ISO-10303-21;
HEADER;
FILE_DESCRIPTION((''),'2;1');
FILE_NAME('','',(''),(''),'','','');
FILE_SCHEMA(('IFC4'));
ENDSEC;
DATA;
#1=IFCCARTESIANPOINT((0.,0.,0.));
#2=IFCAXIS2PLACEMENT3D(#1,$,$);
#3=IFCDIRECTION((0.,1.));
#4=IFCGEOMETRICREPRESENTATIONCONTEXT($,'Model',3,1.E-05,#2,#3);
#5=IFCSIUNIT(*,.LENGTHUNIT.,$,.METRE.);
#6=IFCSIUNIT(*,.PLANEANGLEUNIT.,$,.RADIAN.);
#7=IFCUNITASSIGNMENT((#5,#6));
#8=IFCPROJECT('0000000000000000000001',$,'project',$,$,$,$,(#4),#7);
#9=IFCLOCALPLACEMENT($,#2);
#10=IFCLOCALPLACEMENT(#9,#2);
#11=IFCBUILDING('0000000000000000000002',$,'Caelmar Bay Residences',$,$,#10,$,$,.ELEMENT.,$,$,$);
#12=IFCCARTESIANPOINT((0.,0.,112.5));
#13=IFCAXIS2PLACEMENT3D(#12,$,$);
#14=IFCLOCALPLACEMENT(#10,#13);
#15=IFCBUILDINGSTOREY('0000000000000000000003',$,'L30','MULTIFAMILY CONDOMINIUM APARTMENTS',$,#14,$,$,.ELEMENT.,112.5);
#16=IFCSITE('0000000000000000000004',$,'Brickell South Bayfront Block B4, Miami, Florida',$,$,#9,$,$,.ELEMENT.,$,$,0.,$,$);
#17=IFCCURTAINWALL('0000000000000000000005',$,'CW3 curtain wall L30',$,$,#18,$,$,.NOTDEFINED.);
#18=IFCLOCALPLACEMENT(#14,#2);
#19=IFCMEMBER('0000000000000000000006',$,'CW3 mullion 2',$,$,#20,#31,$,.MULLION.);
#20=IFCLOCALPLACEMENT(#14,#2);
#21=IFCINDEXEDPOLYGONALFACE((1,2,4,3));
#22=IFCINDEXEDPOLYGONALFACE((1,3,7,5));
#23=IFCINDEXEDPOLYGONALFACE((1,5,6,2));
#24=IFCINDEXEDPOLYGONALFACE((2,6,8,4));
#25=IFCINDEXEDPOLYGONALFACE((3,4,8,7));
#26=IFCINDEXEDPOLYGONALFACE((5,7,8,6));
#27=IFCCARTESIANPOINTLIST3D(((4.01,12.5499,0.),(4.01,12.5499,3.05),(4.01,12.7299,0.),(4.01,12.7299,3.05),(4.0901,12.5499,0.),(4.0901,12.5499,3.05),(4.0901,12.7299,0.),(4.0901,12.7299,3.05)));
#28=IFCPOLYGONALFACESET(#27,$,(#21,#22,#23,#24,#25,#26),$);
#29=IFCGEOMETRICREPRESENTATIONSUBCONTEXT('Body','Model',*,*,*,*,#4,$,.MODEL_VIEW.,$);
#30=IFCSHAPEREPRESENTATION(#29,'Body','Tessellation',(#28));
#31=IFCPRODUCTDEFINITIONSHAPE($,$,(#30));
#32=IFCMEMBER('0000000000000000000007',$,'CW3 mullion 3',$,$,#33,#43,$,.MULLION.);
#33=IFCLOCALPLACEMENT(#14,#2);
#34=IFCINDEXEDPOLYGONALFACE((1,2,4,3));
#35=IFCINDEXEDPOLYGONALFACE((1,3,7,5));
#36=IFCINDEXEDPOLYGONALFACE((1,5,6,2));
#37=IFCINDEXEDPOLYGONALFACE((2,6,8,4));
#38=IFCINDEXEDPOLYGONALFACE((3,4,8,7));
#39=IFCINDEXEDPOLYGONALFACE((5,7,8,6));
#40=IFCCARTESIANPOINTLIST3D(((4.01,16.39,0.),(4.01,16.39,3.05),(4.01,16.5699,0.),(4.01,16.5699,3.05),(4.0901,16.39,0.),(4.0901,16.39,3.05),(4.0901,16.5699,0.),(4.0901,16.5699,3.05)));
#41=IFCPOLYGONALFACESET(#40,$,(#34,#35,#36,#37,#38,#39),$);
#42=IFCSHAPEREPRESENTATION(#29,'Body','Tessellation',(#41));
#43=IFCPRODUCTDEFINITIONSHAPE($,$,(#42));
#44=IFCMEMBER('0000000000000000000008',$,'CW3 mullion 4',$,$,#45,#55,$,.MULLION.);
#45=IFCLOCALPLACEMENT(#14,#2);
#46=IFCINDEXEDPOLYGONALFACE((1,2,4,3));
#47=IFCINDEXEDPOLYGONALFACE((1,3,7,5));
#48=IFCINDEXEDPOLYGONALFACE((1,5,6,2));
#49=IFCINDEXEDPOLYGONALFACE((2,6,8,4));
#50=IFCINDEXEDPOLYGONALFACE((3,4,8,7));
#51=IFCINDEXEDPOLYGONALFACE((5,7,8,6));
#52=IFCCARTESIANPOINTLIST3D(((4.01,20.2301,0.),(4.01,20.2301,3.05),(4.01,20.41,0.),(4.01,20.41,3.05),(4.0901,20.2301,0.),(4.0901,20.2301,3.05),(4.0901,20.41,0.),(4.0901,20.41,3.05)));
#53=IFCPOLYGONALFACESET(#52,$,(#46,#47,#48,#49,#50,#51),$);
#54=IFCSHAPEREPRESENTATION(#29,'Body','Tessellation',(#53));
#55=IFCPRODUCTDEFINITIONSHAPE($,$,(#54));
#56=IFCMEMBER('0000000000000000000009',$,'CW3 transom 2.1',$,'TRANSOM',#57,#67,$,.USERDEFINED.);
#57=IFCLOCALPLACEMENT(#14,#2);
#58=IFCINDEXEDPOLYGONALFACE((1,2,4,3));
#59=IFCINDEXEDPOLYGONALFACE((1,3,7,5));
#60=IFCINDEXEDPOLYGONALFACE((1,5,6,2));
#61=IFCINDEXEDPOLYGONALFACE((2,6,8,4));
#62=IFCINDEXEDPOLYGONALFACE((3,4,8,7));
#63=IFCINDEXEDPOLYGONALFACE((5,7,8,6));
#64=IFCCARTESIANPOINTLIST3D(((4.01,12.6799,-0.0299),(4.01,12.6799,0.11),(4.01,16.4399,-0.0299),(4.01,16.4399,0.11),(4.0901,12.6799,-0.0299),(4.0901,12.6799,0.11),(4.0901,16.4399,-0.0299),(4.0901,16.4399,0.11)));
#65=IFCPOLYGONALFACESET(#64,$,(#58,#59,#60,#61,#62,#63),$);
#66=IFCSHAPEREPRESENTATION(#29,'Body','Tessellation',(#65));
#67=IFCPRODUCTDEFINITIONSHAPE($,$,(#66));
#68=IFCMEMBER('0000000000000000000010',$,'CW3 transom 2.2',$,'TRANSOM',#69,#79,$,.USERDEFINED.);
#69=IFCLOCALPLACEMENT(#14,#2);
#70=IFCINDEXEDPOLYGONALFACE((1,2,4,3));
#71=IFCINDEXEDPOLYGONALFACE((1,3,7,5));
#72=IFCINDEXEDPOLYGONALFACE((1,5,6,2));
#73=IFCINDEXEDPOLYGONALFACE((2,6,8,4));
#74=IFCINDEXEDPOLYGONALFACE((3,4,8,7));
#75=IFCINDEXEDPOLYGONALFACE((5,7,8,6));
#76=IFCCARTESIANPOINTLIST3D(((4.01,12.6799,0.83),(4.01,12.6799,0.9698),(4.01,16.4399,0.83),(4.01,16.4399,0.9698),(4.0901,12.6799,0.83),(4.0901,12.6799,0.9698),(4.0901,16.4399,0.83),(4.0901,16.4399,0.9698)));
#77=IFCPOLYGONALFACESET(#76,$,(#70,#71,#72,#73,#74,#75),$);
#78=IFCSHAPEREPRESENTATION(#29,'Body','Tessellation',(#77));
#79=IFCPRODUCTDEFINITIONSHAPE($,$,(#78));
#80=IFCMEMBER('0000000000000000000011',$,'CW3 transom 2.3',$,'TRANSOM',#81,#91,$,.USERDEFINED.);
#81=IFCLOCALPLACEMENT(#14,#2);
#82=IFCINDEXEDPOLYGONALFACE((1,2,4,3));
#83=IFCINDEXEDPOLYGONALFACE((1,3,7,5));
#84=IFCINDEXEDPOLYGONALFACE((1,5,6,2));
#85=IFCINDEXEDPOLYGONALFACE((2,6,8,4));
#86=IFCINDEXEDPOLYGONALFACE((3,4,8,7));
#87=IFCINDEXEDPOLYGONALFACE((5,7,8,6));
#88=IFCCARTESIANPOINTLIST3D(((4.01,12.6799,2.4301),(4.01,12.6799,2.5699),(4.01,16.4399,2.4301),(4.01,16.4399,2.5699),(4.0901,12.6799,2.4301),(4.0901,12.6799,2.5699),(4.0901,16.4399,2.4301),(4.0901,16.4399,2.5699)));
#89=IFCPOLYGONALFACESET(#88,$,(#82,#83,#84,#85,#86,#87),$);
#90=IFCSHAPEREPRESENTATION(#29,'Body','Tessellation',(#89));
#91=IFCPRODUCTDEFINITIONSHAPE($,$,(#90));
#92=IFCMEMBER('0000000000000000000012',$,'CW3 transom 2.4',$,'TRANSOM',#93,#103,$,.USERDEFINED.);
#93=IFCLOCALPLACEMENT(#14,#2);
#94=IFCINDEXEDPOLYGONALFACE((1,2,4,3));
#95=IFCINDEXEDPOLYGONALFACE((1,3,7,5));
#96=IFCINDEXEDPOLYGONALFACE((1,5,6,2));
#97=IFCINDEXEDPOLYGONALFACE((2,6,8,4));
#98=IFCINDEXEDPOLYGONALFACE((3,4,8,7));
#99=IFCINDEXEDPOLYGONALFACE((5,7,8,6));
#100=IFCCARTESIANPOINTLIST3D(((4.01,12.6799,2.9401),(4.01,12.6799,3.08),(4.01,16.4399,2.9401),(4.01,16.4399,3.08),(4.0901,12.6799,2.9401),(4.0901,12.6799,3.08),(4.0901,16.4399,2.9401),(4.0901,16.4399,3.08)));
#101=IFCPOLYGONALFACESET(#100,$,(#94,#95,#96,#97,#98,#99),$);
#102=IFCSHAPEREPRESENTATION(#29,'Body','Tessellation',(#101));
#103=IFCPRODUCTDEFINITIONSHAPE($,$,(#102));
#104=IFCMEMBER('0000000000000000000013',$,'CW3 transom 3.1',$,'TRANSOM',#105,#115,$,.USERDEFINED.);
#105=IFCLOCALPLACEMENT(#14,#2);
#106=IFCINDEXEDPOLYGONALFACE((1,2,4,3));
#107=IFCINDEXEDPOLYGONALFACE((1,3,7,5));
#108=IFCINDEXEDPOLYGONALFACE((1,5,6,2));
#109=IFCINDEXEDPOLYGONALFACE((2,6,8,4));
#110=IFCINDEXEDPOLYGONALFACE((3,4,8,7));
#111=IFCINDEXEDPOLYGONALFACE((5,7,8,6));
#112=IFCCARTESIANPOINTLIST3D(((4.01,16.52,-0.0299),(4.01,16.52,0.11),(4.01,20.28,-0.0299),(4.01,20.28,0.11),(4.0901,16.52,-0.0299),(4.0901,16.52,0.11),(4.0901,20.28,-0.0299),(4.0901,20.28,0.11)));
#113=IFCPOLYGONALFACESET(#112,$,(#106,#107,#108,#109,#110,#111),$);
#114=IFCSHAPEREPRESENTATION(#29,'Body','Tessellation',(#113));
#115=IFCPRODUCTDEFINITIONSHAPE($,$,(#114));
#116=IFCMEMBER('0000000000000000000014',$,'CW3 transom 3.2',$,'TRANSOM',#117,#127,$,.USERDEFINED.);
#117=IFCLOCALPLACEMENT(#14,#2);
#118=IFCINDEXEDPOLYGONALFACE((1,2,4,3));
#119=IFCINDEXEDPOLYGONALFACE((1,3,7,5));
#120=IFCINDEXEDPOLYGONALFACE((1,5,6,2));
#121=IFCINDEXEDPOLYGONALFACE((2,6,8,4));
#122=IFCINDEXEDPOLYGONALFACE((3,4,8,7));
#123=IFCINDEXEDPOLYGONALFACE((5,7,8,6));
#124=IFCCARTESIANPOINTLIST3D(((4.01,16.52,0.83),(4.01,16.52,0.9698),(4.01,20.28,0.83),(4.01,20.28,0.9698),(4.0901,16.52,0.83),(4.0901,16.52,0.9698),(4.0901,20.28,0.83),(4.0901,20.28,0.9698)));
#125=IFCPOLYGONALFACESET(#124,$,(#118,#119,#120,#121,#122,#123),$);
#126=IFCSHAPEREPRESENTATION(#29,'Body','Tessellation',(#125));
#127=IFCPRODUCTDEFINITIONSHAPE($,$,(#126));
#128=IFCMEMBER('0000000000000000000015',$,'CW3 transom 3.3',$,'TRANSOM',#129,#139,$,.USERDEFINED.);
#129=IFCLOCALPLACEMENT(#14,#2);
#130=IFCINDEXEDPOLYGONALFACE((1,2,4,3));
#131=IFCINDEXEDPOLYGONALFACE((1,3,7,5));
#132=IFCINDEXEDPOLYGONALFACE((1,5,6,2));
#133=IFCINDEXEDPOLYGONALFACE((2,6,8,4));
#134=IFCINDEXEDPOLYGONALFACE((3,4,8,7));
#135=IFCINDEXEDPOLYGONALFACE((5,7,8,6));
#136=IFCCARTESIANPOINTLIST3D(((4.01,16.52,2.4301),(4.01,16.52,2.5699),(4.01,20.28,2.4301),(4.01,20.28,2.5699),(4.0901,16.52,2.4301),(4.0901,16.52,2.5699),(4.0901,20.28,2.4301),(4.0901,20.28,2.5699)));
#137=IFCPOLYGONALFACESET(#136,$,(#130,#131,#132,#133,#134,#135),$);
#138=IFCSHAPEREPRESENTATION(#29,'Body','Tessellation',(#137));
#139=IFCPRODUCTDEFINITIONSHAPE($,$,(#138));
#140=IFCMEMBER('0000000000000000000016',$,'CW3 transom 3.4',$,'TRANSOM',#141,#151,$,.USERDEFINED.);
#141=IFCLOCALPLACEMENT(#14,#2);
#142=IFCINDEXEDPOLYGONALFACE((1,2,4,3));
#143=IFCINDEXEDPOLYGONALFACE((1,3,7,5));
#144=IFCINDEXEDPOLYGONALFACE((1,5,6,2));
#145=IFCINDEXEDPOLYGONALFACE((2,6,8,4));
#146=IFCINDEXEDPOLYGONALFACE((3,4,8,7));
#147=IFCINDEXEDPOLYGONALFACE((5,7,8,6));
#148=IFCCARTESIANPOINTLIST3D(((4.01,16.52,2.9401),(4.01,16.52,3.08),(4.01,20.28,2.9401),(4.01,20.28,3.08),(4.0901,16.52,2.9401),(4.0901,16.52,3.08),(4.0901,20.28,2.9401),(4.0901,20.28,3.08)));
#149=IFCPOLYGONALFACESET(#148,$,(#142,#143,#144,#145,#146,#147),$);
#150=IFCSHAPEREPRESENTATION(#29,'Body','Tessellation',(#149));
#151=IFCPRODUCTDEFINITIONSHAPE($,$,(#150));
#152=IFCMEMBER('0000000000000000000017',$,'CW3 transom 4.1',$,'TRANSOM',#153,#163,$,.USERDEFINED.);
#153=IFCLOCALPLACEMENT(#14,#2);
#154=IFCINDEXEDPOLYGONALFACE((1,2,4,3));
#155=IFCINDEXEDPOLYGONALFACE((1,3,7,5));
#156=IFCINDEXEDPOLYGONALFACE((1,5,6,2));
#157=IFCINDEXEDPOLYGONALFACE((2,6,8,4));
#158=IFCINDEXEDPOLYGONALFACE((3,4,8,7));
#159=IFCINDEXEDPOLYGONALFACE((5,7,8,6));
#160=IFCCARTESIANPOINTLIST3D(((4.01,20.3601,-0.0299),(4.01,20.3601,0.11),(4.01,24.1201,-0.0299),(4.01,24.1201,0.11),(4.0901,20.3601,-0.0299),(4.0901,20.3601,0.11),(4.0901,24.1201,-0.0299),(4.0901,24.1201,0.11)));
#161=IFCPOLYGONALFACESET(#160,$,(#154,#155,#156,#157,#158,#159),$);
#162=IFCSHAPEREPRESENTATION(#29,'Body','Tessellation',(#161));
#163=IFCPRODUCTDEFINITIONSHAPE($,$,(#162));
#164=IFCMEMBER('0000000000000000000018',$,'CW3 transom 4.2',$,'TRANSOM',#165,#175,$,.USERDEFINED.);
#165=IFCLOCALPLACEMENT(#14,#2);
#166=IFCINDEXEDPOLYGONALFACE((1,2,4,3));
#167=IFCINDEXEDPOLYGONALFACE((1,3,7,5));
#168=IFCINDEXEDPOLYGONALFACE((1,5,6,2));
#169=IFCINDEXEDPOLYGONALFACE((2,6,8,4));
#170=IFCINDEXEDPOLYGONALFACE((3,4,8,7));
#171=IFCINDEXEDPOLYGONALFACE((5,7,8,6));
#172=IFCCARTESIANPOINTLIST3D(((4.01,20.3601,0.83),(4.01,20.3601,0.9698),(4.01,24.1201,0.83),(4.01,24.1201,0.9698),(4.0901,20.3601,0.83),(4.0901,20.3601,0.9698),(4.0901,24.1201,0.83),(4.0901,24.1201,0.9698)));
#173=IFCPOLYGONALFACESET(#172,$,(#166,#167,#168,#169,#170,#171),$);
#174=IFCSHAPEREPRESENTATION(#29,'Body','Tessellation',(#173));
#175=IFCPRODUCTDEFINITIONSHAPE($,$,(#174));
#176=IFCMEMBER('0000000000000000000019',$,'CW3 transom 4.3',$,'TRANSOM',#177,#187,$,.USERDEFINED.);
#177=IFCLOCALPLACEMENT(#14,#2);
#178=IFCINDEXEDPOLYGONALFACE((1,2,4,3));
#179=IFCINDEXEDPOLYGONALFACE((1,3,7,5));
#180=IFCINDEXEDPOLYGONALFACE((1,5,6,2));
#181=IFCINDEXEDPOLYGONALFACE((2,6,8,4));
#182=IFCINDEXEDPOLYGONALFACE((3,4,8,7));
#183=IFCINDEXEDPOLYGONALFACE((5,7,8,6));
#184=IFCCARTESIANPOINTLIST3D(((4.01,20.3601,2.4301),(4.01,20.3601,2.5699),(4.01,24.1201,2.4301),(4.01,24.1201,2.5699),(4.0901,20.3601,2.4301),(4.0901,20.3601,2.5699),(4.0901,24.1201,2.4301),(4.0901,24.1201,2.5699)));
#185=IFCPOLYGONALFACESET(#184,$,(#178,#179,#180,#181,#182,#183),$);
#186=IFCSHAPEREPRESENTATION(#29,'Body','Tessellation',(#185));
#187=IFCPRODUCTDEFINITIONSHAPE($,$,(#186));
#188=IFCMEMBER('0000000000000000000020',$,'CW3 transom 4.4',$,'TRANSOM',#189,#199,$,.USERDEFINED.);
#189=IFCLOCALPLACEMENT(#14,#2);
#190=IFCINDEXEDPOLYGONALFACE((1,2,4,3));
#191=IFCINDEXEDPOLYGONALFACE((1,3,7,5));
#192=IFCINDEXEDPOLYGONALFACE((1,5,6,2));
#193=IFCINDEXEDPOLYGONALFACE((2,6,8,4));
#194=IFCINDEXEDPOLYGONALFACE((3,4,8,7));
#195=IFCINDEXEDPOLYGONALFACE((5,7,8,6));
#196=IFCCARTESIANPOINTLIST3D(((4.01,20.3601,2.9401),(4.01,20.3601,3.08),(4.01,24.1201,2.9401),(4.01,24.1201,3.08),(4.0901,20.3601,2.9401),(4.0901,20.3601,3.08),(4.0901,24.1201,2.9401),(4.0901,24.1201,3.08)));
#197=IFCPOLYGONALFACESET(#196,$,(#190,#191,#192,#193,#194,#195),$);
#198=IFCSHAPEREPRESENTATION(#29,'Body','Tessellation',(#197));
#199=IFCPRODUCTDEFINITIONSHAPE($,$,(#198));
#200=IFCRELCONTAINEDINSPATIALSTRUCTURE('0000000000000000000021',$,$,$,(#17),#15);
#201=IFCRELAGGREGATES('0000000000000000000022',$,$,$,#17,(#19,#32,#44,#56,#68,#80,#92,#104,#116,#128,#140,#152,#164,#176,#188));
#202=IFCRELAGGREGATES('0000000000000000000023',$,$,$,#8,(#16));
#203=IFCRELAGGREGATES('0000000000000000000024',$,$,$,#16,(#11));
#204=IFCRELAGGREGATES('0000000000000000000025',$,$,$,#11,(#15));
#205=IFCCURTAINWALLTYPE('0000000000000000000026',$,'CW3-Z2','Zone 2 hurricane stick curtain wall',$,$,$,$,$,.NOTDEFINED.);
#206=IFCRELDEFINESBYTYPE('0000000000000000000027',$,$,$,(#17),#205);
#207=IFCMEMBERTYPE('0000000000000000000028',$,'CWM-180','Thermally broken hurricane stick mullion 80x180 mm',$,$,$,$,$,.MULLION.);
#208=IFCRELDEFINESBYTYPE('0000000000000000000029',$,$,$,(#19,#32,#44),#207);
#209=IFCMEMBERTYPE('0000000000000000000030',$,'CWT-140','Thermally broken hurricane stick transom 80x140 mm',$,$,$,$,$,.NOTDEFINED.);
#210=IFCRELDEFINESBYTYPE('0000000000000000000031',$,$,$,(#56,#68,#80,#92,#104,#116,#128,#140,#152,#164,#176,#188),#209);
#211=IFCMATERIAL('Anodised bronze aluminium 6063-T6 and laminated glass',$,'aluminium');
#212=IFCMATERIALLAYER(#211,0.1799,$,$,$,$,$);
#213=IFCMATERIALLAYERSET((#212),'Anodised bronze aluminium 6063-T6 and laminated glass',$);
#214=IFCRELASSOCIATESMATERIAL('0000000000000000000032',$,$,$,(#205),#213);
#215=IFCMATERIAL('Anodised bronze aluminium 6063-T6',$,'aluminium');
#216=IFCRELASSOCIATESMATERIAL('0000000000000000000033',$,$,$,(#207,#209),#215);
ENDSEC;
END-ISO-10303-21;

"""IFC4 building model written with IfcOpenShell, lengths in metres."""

from ifc_helpers import new_model, si_unit, direction, frame, origin, origin_2d, place, context, subcontext, project, spatial, rectangle, extrude, material, layer, layer_set, material_profile, profile_set, type_object, element, aggregate, save


model = new_model("IFC4")

# Units and contexts
model_context = context("Model", 3, precision=1e-05, world=origin(), true_north=direction((0.0, 1.0)))
body_context = subcontext(model_context, "Body", "Model", "MODEL_VIEW")
ifc_project = project(units=[si_unit("LENGTHUNIT", "METRE"), si_unit("PLANEANGLEUNIT", "RADIAN")], contexts=[model_context])

# Site, building, storey
site_placement = place(None, origin())
site = spatial("IfcSite", under=ifc_project, at=site_placement, Name="Brickell South Bayfront Block B4, Miami, Florida", CompositionType="ELEMENT", RefElevation=0.0)
building_placement = place(site_placement, origin())
building = spatial("IfcBuilding", under=site, at=building_placement, Name="Caelmar Bay Residences", CompositionType="ELEMENT")
storey_placement = place(building_placement, frame((0.0, 0.0, 112.5)))
storey = spatial("IfcBuildingStorey", under=building, at=storey_placement, Name="L30", Description="MULTIFAMILY CONDOMINIUM APARTMENTS", CompositionType="ELEMENT", Elevation=112.5)

# Curtain wall, members
ifc_material_1 = material(Name="Anodised bronze aluminium 6063-T6 and laminated glass", Category="aluminium")
ifc_layer_1 = layer(ifc_material_1, 0.1799)
ifc_layer_set_1 = layer_set([ifc_layer_1], Name="Anodised bronze aluminium 6063-T6 and laminated glass")
curtain_wall_type = type_object("IfcCurtainWallType", Name="CW3-Z2", Description="Zone 2 hurricane stick curtain wall", PredefinedType="NOTDEFINED", material=ifc_layer_set_1)
curtain_wall_placement = place(storey_placement, origin())
curtain_wall = element("IfcCurtainWall", 1, at=curtain_wall_placement, inside=storey, type_object=curtain_wall_type, Name="CW3 curtain wall L30", PredefinedType="NOTDEFINED")
ifc_material_2 = material(Name="Anodised bronze aluminium 6063-T6", Category="aluminium")
ifc_material_profile_1 = material_profile(ifc_material_2, rectangle(XDim=0.0801, YDim=0.1799, at=origin_2d()), Name="CWM-80X180")
ifc_profile_set_1 = profile_set([ifc_material_profile_1], Name="Anodised bronze aluminium 6063-T6")
member_type_1 = type_object("IfcMemberType", Name="CWM-180", Description="Thermally broken hurricane stick mullion 80x180 mm", PredefinedType="MULLION", material=ifc_profile_set_1)
member_1_placement = place(storey_placement, frame((4.05, 12.6399, 0.0), z_axis=(0.0, 0.0, 1.0), x_axis=(-1.0, 0.0, 0.0)))
member_1 = element("IfcMember", 2, at=member_1_placement, type_object=member_type_1, Name="CW3 mullion 2", PredefinedType="MULLION", context=body_context, shape_type="SweptSolid", body=[
    extrude(rectangle(XDim=0.0801, YDim=0.1799, at=origin_2d()), origin(), (0.0, 0.0, 1.0), 3.05),
])
member_2_placement = place(storey_placement, frame((4.05, 16.48, 0.0), z_axis=(0.0, 0.0, 1.0), x_axis=(-1.0, 0.0, 0.0)))
member_2 = element("IfcMember", 3, at=member_2_placement, type_object=member_type_1, Name="CW3 mullion 3", PredefinedType="MULLION", context=body_context, shape_type="SweptSolid", body=[
    extrude(rectangle(XDim=0.0801, YDim=0.1799, at=origin_2d()), origin(), (0.0, 0.0, 1.0), 3.05),
])
member_3_placement = place(storey_placement, frame((4.05, 20.3201, 0.0), z_axis=(0.0, 0.0, 1.0), x_axis=(-1.0, 0.0, 0.0)))
member_3 = element("IfcMember", 4, at=member_3_placement, type_object=member_type_1, Name="CW3 mullion 4", PredefinedType="MULLION", context=body_context, shape_type="SweptSolid", body=[
    extrude(rectangle(XDim=0.0801, YDim=0.1799, at=origin_2d()), origin(), (0.0, 0.0, 1.0), 3.05),
])
ifc_material_profile_2 = material_profile(ifc_material_2, rectangle(XDim=0.0801, YDim=0.1399, at=origin_2d()), Name="CWT-80X140")
ifc_profile_set_2 = profile_set([ifc_material_profile_2], Name="Anodised bronze aluminium 6063-T6")
member_type_2 = type_object("IfcMemberType", Name="CWT-140", Description="Thermally broken hurricane stick transom 80x140 mm", PredefinedType="NOTDEFINED", material=ifc_profile_set_2)
member_4_placement = place(storey_placement, frame((4.05, 12.6799, 0.04), z_axis=(0.0, 1.0, 0.0), x_axis=(-1.0, 0.0, 0.0)))
member_4 = element("IfcMember", 5, at=member_4_placement, type_object=member_type_2, Name="CW3 transom 2.1", ObjectType="TRANSOM", PredefinedType="USERDEFINED", context=body_context, shape_type="SweptSolid", body=[
    extrude(rectangle(XDim=0.0801, YDim=0.1399, at=origin_2d()), origin(), (0.0, 0.0, 1.0), 3.76),
])
member_5_placement = place(storey_placement, frame((4.05, 12.6799, 0.8999), z_axis=(0.0, 1.0, 0.0), x_axis=(-1.0, 0.0, 0.0)))
member_5 = element("IfcMember", 6, at=member_5_placement, type_object=member_type_2, Name="CW3 transom 2.2", ObjectType="TRANSOM", PredefinedType="USERDEFINED", context=body_context, shape_type="SweptSolid", body=[
    extrude(rectangle(XDim=0.0801, YDim=0.1399, at=origin_2d()), origin(), (0.0, 0.0, 1.0), 3.76),
])
member_6_placement = place(storey_placement, frame((4.05, 12.6799, 2.5), z_axis=(0.0, 1.0, 0.0), x_axis=(-1.0, 0.0, 0.0)))
member_6 = element("IfcMember", 7, at=member_6_placement, type_object=member_type_2, Name="CW3 transom 2.3", ObjectType="TRANSOM", PredefinedType="USERDEFINED", context=body_context, shape_type="SweptSolid", body=[
    extrude(rectangle(XDim=0.0801, YDim=0.1399, at=origin_2d()), origin(), (0.0, 0.0, 1.0), 3.76),
])
member_7_placement = place(storey_placement, frame((4.05, 12.6799, 3.01), z_axis=(0.0, 1.0, 0.0), x_axis=(-1.0, 0.0, 0.0)))
member_7 = element("IfcMember", 8, at=member_7_placement, type_object=member_type_2, Name="CW3 transom 2.4", ObjectType="TRANSOM", PredefinedType="USERDEFINED", context=body_context, shape_type="SweptSolid", body=[
    extrude(rectangle(XDim=0.0801, YDim=0.1399, at=origin_2d()), origin(), (0.0, 0.0, 1.0), 3.76),
])
member_8_placement = place(storey_placement, frame((4.05, 16.52, 0.04), z_axis=(0.0, 1.0, 0.0), x_axis=(-1.0, 0.0, 0.0)))
member_8 = element("IfcMember", 9, at=member_8_placement, type_object=member_type_2, Name="CW3 transom 3.1", ObjectType="TRANSOM", PredefinedType="USERDEFINED", context=body_context, shape_type="SweptSolid", body=[
    extrude(rectangle(XDim=0.0801, YDim=0.1399, at=origin_2d()), origin(), (0.0, 0.0, 1.0), 3.76),
])
member_9_placement = place(storey_placement, frame((4.05, 16.52, 0.8999), z_axis=(0.0, 1.0, 0.0), x_axis=(-1.0, 0.0, 0.0)))
member_9 = element("IfcMember", 10, at=member_9_placement, type_object=member_type_2, Name="CW3 transom 3.2", ObjectType="TRANSOM", PredefinedType="USERDEFINED", context=body_context, shape_type="SweptSolid", body=[
    extrude(rectangle(XDim=0.0801, YDim=0.1399, at=origin_2d()), origin(), (0.0, 0.0, 1.0), 3.76),
])
member_10_placement = place(storey_placement, frame((4.05, 16.52, 2.5), z_axis=(0.0, 1.0, 0.0), x_axis=(-1.0, 0.0, 0.0)))
member_10 = element("IfcMember", 11, at=member_10_placement, type_object=member_type_2, Name="CW3 transom 3.3", ObjectType="TRANSOM", PredefinedType="USERDEFINED", context=body_context, shape_type="SweptSolid", body=[
    extrude(rectangle(XDim=0.0801, YDim=0.1399, at=origin_2d()), origin(), (0.0, 0.0, 1.0), 3.76),
])
member_11_placement = place(storey_placement, frame((4.05, 16.52, 3.01), z_axis=(0.0, 1.0, 0.0), x_axis=(-1.0, 0.0, 0.0)))
member_11 = element("IfcMember", 12, at=member_11_placement, type_object=member_type_2, Name="CW3 transom 3.4", ObjectType="TRANSOM", PredefinedType="USERDEFINED", context=body_context, shape_type="SweptSolid", body=[
    extrude(rectangle(XDim=0.0801, YDim=0.1399, at=origin_2d()), origin(), (0.0, 0.0, 1.0), 3.76),
])
member_12_placement = place(storey_placement, frame((4.05, 20.3601, 0.04), z_axis=(0.0, 1.0, 0.0), x_axis=(-1.0, 0.0, 0.0)))
member_12 = element("IfcMember", 13, at=member_12_placement, type_object=member_type_2, Name="CW3 transom 4.1", ObjectType="TRANSOM", PredefinedType="USERDEFINED", context=body_context, shape_type="SweptSolid", body=[
    extrude(rectangle(XDim=0.0801, YDim=0.1399, at=origin_2d()), origin(), (0.0, 0.0, 1.0), 3.76),
])
member_13_placement = place(storey_placement, frame((4.05, 20.3601, 0.8999), z_axis=(0.0, 1.0, 0.0), x_axis=(-1.0, 0.0, 0.0)))
member_13 = element("IfcMember", 14, at=member_13_placement, type_object=member_type_2, Name="CW3 transom 4.2", ObjectType="TRANSOM", PredefinedType="USERDEFINED", context=body_context, shape_type="SweptSolid", body=[
    extrude(rectangle(XDim=0.0801, YDim=0.1399, at=origin_2d()), origin(), (0.0, 0.0, 1.0), 3.76),
])
member_14_placement = place(storey_placement, frame((4.05, 20.3601, 2.5), z_axis=(0.0, 1.0, 0.0), x_axis=(-1.0, 0.0, 0.0)))
member_14 = element("IfcMember", 15, at=member_14_placement, type_object=member_type_2, Name="CW3 transom 4.3", ObjectType="TRANSOM", PredefinedType="USERDEFINED", context=body_context, shape_type="SweptSolid", body=[
    extrude(rectangle(XDim=0.0801, YDim=0.1399, at=origin_2d()), origin(), (0.0, 0.0, 1.0), 3.76),
])
member_15_placement = place(storey_placement, frame((4.05, 20.3601, 3.01), z_axis=(0.0, 1.0, 0.0), x_axis=(-1.0, 0.0, 0.0)))
member_15 = element("IfcMember", 16, at=member_15_placement, type_object=member_type_2, Name="CW3 transom 4.4", ObjectType="TRANSOM", PredefinedType="USERDEFINED", context=body_context, shape_type="SweptSolid", body=[
    extrude(rectangle(XDim=0.0801, YDim=0.1399, at=origin_2d()), origin(), (0.0, 0.0, 1.0), 3.76),
])
aggregate(curtain_wall, [member_1, member_2, member_3, member_4, member_5, member_6, member_7, member_8, member_9, member_10, member_11, member_12, member_13, member_14, member_15])

save(model, "model.ifc")
